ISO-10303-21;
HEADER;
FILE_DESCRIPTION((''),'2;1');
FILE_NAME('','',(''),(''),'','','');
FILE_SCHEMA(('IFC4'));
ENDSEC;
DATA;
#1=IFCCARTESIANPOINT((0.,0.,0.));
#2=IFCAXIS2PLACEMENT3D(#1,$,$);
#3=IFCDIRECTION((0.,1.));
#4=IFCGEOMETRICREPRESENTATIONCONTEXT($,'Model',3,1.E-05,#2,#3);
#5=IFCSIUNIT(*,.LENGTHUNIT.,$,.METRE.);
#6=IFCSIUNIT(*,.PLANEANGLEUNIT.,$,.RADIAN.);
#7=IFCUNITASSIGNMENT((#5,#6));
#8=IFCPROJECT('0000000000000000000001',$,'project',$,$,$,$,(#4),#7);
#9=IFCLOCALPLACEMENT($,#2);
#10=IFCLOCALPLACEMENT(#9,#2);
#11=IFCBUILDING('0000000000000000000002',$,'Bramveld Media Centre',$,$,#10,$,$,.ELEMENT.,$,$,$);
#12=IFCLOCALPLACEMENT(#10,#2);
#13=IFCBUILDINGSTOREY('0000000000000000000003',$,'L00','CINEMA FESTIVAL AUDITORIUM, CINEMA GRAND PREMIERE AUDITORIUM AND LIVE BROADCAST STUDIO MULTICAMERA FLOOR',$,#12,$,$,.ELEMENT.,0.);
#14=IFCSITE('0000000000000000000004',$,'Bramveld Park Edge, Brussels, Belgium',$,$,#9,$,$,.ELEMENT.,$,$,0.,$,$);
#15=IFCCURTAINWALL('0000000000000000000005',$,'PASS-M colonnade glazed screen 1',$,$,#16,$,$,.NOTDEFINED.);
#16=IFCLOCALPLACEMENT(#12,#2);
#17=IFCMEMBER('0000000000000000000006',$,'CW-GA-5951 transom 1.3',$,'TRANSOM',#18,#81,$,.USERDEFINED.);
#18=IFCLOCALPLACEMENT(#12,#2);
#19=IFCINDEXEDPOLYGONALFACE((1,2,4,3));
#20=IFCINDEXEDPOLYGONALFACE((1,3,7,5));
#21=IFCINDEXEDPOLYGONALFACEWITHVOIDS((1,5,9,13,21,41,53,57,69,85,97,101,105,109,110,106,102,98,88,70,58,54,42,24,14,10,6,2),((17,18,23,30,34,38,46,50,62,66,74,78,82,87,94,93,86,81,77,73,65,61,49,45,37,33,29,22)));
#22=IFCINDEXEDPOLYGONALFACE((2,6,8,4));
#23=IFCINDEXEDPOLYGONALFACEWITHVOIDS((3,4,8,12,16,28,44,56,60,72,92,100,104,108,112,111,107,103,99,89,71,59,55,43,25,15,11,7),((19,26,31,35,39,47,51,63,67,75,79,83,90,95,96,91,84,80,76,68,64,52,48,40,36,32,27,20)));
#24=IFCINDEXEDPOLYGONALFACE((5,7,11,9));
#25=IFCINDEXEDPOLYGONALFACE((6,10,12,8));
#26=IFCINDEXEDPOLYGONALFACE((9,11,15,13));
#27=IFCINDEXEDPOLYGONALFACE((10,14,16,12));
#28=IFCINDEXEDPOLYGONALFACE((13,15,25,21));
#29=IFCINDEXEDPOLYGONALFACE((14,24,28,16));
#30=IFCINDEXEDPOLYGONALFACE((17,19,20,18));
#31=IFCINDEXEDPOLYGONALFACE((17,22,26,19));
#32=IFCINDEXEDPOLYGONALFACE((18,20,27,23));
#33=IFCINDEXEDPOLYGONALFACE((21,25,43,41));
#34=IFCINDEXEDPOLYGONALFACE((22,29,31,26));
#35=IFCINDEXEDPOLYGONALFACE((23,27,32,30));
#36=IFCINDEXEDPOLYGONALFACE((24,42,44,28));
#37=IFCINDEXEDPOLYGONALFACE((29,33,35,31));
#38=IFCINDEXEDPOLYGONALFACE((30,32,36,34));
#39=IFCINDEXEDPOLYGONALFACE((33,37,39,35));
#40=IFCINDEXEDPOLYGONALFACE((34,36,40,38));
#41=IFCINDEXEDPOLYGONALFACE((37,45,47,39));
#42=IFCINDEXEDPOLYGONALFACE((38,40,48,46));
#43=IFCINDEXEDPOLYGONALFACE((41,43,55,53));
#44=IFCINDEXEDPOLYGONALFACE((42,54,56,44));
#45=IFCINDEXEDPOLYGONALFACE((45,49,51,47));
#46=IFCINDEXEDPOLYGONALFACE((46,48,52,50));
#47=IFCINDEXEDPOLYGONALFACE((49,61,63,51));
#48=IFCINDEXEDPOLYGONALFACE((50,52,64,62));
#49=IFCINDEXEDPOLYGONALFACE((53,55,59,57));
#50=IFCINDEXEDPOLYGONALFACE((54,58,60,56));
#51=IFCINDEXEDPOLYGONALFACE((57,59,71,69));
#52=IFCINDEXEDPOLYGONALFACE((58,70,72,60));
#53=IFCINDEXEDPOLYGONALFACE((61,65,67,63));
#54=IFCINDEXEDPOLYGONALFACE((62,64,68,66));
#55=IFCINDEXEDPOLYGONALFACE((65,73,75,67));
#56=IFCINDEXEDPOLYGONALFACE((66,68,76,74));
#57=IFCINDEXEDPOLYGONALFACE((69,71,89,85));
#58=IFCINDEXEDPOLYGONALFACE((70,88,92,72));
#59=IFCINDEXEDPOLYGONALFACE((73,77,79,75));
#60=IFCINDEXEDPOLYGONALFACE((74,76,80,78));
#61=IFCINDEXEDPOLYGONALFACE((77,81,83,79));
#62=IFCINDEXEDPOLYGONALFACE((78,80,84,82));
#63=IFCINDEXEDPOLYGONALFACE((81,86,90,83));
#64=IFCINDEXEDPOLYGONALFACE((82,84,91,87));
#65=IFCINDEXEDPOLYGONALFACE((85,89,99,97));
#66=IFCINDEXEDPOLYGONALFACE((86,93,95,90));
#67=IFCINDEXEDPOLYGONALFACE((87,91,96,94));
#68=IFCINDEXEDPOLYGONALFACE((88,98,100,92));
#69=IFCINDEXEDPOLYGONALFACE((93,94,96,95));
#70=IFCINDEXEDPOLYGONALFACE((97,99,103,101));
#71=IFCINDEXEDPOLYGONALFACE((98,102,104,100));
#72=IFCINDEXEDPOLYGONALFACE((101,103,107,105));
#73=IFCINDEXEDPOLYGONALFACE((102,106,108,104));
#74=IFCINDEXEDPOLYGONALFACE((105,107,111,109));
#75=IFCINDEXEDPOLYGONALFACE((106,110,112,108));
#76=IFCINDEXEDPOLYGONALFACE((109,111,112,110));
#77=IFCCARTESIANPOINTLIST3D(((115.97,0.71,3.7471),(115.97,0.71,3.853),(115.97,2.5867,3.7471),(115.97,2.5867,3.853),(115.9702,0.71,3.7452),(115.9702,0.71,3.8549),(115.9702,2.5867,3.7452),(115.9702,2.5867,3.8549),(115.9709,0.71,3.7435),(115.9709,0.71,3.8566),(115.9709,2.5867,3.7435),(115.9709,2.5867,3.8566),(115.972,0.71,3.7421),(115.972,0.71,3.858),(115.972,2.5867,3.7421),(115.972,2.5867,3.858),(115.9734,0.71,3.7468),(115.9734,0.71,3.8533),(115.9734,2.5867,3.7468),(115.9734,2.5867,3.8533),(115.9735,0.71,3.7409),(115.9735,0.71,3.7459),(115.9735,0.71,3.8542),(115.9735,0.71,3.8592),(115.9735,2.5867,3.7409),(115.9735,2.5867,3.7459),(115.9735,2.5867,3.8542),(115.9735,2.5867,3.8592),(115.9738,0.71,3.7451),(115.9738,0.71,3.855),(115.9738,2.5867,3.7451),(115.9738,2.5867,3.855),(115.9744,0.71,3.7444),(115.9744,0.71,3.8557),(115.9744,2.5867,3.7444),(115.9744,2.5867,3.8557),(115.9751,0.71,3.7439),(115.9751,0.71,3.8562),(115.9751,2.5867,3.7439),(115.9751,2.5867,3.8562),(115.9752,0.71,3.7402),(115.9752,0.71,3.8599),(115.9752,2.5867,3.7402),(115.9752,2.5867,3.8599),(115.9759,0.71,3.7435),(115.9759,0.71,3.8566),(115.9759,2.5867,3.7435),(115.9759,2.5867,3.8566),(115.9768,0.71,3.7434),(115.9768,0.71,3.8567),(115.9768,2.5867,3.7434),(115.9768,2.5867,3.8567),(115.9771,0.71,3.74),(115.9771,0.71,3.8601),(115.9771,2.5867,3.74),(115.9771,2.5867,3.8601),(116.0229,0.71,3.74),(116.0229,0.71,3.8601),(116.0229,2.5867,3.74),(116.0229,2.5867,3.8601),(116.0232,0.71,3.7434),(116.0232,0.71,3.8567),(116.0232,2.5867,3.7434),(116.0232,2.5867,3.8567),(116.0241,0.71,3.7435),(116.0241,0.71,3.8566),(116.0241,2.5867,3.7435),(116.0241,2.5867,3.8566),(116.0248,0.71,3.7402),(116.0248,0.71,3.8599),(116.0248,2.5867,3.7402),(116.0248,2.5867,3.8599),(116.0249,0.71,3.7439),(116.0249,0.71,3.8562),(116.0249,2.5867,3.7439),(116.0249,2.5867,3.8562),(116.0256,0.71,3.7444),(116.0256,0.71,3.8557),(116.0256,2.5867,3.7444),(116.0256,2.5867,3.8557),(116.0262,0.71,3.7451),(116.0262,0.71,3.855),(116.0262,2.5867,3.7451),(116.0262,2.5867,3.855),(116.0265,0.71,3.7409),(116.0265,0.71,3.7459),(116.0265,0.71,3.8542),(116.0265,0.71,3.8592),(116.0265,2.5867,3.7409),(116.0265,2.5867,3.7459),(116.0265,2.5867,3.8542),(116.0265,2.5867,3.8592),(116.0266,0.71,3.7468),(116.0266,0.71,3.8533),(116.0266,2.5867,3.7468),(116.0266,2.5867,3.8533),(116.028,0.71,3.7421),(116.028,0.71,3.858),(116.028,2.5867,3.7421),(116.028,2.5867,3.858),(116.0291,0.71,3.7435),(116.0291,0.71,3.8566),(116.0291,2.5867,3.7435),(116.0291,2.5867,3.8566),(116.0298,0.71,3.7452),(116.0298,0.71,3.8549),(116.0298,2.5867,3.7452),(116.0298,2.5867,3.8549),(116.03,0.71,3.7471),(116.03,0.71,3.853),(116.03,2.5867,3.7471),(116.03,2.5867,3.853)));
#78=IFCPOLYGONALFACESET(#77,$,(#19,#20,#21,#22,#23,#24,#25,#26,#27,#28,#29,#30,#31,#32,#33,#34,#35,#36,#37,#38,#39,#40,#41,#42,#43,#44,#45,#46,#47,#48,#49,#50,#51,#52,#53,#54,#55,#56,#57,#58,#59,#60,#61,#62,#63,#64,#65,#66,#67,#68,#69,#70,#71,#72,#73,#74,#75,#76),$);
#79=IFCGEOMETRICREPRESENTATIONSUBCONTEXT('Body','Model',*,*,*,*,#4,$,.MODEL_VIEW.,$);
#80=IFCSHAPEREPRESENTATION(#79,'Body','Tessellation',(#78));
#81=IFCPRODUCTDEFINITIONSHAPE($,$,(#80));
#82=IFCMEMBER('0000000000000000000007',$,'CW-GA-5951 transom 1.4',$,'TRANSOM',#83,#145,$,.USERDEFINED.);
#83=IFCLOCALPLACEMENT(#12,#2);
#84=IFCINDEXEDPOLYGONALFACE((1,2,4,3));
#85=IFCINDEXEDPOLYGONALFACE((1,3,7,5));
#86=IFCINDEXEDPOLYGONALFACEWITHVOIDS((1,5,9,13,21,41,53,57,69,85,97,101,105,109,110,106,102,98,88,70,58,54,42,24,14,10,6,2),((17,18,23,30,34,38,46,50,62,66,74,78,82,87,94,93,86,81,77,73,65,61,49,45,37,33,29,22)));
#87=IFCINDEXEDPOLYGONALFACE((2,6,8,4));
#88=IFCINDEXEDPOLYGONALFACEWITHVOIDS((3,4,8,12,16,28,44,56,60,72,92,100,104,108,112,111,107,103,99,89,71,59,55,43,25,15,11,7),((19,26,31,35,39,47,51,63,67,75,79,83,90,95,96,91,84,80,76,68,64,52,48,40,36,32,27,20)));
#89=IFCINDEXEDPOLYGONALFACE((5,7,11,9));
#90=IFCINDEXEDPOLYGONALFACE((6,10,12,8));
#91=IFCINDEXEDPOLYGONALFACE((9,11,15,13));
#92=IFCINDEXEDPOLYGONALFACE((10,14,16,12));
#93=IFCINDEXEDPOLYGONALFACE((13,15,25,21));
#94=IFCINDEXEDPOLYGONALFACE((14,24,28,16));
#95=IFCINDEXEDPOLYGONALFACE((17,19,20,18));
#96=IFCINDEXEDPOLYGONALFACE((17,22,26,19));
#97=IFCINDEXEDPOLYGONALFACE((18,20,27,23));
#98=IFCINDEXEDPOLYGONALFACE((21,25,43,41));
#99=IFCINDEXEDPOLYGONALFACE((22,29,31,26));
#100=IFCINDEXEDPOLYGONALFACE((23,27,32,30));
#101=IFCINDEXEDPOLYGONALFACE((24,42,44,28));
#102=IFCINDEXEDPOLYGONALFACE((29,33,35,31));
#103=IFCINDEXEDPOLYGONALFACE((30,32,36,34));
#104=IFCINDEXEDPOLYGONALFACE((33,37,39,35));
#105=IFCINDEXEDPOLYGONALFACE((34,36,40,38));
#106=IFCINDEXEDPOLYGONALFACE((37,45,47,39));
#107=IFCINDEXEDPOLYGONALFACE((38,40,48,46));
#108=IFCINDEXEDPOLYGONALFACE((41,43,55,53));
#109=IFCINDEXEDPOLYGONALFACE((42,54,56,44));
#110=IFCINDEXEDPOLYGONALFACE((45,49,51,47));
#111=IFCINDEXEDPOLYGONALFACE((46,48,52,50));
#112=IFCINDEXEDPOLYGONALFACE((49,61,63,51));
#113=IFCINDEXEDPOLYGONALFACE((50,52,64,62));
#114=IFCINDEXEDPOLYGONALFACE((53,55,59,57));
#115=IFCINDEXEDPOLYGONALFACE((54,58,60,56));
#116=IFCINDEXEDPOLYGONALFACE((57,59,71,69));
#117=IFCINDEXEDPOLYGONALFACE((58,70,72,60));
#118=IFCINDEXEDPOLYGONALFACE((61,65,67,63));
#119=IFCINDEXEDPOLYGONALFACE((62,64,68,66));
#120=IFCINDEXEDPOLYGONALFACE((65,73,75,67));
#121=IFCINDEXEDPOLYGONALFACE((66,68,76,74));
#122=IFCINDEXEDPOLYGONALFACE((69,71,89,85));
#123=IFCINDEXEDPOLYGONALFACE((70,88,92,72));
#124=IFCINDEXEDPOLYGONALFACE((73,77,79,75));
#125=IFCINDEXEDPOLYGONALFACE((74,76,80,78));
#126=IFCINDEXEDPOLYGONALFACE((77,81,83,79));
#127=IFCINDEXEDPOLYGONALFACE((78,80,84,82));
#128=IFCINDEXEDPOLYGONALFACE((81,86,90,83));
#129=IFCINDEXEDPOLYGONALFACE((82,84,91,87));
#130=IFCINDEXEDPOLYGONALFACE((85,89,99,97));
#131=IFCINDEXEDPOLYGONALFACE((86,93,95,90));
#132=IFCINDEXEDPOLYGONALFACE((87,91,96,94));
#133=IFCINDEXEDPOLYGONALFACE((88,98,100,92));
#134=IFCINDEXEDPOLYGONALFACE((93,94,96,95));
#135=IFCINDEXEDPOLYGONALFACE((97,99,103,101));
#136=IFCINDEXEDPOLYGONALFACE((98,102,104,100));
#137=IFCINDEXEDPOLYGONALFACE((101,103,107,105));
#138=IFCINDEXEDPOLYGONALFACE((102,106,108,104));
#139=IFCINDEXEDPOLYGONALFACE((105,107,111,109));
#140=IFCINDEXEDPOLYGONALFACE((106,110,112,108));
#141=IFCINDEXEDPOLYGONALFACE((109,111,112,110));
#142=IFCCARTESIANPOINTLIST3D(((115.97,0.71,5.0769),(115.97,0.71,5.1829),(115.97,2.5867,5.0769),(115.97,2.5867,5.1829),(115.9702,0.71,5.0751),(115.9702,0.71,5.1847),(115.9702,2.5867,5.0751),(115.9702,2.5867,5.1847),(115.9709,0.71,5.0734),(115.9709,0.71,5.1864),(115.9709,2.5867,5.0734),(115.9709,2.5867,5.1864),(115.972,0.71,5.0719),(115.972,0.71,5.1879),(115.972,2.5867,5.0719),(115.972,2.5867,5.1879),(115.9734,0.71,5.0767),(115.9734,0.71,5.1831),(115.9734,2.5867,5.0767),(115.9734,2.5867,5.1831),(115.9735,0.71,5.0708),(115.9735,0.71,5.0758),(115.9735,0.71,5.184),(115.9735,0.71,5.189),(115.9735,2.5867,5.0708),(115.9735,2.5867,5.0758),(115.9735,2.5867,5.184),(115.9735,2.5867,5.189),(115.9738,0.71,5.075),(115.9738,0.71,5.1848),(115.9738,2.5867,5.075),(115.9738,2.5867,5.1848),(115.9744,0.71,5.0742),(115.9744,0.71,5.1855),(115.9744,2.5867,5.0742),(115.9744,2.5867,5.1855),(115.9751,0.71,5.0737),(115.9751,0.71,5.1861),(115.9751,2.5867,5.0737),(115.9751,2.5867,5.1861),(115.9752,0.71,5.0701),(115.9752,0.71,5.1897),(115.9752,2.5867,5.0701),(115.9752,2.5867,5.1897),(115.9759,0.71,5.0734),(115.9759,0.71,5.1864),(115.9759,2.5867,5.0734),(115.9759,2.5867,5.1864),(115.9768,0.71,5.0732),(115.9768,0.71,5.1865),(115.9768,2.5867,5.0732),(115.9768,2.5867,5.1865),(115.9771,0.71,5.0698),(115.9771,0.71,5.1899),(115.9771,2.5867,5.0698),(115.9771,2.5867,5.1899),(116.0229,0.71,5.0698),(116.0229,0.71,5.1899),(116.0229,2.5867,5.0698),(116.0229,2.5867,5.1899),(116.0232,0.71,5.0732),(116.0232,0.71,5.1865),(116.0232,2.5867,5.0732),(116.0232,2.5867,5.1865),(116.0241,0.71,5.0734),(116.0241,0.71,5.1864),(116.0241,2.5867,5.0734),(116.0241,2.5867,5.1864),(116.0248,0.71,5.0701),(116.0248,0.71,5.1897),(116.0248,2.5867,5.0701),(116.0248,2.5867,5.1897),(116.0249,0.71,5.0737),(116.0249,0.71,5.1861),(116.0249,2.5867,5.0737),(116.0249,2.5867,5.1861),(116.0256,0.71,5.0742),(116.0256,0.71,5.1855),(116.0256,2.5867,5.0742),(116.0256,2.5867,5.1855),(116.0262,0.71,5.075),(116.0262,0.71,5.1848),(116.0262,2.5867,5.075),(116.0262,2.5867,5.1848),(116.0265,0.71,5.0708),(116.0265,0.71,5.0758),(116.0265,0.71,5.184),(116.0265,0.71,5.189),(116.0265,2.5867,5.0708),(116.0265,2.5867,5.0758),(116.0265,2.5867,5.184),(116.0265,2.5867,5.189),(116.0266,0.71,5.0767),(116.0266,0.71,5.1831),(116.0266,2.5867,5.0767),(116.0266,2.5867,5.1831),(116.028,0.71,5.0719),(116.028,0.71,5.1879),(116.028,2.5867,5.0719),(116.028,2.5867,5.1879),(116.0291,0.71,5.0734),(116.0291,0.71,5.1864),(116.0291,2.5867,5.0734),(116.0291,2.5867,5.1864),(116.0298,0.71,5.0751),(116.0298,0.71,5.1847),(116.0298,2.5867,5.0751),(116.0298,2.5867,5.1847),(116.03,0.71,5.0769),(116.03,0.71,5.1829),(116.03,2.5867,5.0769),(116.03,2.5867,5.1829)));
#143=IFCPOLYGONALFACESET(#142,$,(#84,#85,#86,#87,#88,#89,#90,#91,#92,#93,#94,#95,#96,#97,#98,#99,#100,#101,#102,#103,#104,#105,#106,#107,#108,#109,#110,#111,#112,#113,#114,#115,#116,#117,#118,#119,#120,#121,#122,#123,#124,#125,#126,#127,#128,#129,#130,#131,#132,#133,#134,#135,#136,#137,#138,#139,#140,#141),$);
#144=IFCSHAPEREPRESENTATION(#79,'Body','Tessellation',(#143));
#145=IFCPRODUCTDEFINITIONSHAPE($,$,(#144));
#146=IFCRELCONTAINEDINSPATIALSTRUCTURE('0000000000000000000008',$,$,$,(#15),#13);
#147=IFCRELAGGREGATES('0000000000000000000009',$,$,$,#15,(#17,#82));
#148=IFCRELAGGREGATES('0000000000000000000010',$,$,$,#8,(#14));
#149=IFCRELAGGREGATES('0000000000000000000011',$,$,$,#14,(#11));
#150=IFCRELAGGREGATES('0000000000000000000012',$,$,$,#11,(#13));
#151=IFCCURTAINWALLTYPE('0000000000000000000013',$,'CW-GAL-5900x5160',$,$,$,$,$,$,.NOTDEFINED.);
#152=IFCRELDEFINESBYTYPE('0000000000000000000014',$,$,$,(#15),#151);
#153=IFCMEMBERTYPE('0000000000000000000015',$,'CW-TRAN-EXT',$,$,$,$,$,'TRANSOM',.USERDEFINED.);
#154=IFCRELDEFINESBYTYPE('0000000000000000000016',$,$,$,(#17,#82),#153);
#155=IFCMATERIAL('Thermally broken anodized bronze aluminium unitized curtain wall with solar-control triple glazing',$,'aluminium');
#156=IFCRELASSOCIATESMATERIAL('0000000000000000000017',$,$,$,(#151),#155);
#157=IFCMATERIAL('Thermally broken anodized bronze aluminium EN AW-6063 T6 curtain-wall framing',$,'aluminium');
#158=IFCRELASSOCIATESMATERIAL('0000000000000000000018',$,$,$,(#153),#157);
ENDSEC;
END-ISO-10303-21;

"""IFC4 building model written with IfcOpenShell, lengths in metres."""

from ifc_helpers import new_model, si_unit, direction, frame, origin, origin_2d, place, context, subcontext, project, spatial, hollow_rectangle, extrude, material, material_profile, profile_set, type_object, element, aggregate, save


model = new_model("IFC4")

# Units and contexts
model_context = context("Model", 3, precision=1e-05, world=origin(), true_north=direction((0.0, 1.0)))
body_context = subcontext(model_context, "Body", "Model", "MODEL_VIEW")
ifc_project = project(units=[si_unit("LENGTHUNIT", "METRE"), si_unit("PLANEANGLEUNIT", "RADIAN")], contexts=[model_context])

# Site, building, storey
site_placement = place(None, origin())
site = spatial("IfcSite", under=ifc_project, at=site_placement, Name="Bramveld Park Edge, Brussels, Belgium", CompositionType="ELEMENT", RefElevation=0.0)
building_placement = place(site_placement, origin())
building = spatial("IfcBuilding", under=site, at=building_placement, Name="Bramveld Media Centre", CompositionType="ELEMENT")
storey_placement = place(building_placement, origin())
storey = spatial("IfcBuildingStorey", under=building, at=storey_placement, Name="L00", Description="CINEMA FESTIVAL AUDITORIUM, CINEMA GRAND PREMIERE AUDITORIUM AND LIVE BROADCAST STUDIO MULTICAMERA FLOOR", CompositionType="ELEMENT", Elevation=0.0)

# Curtain wall, members
ifc_material_1 = material(Name="Thermally broken anodized bronze aluminium unitized curtain wall with solar-control triple glazing", Category="aluminium")
curtain_wall_type = type_object("IfcCurtainWallType", Name="CW-GAL-5900x5160", PredefinedType="NOTDEFINED", material=ifc_material_1)
curtain_wall_placement = place(storey_placement, origin())
curtain_wall = element("IfcCurtainWall", 1, at=curtain_wall_placement, inside=storey, type_object=curtain_wall_type, Name="PASS-M colonnade glazed screen 1", PredefinedType="NOTDEFINED")
ifc_material_2 = material(Name="Thermally broken anodized bronze aluminium EN AW-6063 T6 curtain-wall framing", Category="aluminium")
ifc_material_profile_1 = material_profile(ifc_material_2, hollow_rectangle(XDim=0.0601, YDim=0.1201, WallThickness=0.0034, InnerFilletRadius=0.0034, OuterFilletRadius=0.0071, at=origin_2d()), Name="AL-TRAN 60x120")
ifc_profile_set_1 = profile_set([ifc_material_profile_1], Name="Thermally broken anodized bronze aluminium EN AW-6063 T6 curtain-wall framing")
member_type_1 = type_object("IfcMemberType", Name="CW-TRAN-EXT", ElementType="TRANSOM", PredefinedType="USERDEFINED", material=ifc_profile_set_1)
member_1_placement = place(storey_placement, frame((116.0, 0.71, 3.8), z_axis=(0.0, 1.0, 0.0), x_axis=(-1.0, 0.0, 0.0)))
member_1 = element("IfcMember", 2, at=member_1_placement, type_object=member_type_1, Name="CW-GA-5951 transom 1.3", ObjectType="TRANSOM", PredefinedType="USERDEFINED", context=body_context, shape_type="SweptSolid", body=[
    extrude(hollow_rectangle(XDim=0.0601, YDim=0.1201, WallThickness=0.0034, InnerFilletRadius=0.0034, OuterFilletRadius=0.0071, at=origin_2d()), origin(), (0.0, 0.0, 1.0), 1.8767),
])
member_2_placement = place(storey_placement, frame((116.0, 0.71, 5.1299), z_axis=(0.0, 1.0, 0.0), x_axis=(-1.0, 0.0, 0.0)))
member_2 = element("IfcMember", 3, at=member_2_placement, type_object=member_type_1, Name="CW-GA-5951 transom 1.4", ObjectType="TRANSOM", PredefinedType="USERDEFINED", context=body_context, shape_type="SweptSolid", body=[
    extrude(hollow_rectangle(XDim=0.0601, YDim=0.1201, WallThickness=0.0034, InnerFilletRadius=0.0034, OuterFilletRadius=0.0071, at=origin_2d()), origin(), (0.0, 0.0, 1.0), 1.8767),
])

aggregate(curtain_wall, [member_1, member_2])

save(model, "model.ifc")
